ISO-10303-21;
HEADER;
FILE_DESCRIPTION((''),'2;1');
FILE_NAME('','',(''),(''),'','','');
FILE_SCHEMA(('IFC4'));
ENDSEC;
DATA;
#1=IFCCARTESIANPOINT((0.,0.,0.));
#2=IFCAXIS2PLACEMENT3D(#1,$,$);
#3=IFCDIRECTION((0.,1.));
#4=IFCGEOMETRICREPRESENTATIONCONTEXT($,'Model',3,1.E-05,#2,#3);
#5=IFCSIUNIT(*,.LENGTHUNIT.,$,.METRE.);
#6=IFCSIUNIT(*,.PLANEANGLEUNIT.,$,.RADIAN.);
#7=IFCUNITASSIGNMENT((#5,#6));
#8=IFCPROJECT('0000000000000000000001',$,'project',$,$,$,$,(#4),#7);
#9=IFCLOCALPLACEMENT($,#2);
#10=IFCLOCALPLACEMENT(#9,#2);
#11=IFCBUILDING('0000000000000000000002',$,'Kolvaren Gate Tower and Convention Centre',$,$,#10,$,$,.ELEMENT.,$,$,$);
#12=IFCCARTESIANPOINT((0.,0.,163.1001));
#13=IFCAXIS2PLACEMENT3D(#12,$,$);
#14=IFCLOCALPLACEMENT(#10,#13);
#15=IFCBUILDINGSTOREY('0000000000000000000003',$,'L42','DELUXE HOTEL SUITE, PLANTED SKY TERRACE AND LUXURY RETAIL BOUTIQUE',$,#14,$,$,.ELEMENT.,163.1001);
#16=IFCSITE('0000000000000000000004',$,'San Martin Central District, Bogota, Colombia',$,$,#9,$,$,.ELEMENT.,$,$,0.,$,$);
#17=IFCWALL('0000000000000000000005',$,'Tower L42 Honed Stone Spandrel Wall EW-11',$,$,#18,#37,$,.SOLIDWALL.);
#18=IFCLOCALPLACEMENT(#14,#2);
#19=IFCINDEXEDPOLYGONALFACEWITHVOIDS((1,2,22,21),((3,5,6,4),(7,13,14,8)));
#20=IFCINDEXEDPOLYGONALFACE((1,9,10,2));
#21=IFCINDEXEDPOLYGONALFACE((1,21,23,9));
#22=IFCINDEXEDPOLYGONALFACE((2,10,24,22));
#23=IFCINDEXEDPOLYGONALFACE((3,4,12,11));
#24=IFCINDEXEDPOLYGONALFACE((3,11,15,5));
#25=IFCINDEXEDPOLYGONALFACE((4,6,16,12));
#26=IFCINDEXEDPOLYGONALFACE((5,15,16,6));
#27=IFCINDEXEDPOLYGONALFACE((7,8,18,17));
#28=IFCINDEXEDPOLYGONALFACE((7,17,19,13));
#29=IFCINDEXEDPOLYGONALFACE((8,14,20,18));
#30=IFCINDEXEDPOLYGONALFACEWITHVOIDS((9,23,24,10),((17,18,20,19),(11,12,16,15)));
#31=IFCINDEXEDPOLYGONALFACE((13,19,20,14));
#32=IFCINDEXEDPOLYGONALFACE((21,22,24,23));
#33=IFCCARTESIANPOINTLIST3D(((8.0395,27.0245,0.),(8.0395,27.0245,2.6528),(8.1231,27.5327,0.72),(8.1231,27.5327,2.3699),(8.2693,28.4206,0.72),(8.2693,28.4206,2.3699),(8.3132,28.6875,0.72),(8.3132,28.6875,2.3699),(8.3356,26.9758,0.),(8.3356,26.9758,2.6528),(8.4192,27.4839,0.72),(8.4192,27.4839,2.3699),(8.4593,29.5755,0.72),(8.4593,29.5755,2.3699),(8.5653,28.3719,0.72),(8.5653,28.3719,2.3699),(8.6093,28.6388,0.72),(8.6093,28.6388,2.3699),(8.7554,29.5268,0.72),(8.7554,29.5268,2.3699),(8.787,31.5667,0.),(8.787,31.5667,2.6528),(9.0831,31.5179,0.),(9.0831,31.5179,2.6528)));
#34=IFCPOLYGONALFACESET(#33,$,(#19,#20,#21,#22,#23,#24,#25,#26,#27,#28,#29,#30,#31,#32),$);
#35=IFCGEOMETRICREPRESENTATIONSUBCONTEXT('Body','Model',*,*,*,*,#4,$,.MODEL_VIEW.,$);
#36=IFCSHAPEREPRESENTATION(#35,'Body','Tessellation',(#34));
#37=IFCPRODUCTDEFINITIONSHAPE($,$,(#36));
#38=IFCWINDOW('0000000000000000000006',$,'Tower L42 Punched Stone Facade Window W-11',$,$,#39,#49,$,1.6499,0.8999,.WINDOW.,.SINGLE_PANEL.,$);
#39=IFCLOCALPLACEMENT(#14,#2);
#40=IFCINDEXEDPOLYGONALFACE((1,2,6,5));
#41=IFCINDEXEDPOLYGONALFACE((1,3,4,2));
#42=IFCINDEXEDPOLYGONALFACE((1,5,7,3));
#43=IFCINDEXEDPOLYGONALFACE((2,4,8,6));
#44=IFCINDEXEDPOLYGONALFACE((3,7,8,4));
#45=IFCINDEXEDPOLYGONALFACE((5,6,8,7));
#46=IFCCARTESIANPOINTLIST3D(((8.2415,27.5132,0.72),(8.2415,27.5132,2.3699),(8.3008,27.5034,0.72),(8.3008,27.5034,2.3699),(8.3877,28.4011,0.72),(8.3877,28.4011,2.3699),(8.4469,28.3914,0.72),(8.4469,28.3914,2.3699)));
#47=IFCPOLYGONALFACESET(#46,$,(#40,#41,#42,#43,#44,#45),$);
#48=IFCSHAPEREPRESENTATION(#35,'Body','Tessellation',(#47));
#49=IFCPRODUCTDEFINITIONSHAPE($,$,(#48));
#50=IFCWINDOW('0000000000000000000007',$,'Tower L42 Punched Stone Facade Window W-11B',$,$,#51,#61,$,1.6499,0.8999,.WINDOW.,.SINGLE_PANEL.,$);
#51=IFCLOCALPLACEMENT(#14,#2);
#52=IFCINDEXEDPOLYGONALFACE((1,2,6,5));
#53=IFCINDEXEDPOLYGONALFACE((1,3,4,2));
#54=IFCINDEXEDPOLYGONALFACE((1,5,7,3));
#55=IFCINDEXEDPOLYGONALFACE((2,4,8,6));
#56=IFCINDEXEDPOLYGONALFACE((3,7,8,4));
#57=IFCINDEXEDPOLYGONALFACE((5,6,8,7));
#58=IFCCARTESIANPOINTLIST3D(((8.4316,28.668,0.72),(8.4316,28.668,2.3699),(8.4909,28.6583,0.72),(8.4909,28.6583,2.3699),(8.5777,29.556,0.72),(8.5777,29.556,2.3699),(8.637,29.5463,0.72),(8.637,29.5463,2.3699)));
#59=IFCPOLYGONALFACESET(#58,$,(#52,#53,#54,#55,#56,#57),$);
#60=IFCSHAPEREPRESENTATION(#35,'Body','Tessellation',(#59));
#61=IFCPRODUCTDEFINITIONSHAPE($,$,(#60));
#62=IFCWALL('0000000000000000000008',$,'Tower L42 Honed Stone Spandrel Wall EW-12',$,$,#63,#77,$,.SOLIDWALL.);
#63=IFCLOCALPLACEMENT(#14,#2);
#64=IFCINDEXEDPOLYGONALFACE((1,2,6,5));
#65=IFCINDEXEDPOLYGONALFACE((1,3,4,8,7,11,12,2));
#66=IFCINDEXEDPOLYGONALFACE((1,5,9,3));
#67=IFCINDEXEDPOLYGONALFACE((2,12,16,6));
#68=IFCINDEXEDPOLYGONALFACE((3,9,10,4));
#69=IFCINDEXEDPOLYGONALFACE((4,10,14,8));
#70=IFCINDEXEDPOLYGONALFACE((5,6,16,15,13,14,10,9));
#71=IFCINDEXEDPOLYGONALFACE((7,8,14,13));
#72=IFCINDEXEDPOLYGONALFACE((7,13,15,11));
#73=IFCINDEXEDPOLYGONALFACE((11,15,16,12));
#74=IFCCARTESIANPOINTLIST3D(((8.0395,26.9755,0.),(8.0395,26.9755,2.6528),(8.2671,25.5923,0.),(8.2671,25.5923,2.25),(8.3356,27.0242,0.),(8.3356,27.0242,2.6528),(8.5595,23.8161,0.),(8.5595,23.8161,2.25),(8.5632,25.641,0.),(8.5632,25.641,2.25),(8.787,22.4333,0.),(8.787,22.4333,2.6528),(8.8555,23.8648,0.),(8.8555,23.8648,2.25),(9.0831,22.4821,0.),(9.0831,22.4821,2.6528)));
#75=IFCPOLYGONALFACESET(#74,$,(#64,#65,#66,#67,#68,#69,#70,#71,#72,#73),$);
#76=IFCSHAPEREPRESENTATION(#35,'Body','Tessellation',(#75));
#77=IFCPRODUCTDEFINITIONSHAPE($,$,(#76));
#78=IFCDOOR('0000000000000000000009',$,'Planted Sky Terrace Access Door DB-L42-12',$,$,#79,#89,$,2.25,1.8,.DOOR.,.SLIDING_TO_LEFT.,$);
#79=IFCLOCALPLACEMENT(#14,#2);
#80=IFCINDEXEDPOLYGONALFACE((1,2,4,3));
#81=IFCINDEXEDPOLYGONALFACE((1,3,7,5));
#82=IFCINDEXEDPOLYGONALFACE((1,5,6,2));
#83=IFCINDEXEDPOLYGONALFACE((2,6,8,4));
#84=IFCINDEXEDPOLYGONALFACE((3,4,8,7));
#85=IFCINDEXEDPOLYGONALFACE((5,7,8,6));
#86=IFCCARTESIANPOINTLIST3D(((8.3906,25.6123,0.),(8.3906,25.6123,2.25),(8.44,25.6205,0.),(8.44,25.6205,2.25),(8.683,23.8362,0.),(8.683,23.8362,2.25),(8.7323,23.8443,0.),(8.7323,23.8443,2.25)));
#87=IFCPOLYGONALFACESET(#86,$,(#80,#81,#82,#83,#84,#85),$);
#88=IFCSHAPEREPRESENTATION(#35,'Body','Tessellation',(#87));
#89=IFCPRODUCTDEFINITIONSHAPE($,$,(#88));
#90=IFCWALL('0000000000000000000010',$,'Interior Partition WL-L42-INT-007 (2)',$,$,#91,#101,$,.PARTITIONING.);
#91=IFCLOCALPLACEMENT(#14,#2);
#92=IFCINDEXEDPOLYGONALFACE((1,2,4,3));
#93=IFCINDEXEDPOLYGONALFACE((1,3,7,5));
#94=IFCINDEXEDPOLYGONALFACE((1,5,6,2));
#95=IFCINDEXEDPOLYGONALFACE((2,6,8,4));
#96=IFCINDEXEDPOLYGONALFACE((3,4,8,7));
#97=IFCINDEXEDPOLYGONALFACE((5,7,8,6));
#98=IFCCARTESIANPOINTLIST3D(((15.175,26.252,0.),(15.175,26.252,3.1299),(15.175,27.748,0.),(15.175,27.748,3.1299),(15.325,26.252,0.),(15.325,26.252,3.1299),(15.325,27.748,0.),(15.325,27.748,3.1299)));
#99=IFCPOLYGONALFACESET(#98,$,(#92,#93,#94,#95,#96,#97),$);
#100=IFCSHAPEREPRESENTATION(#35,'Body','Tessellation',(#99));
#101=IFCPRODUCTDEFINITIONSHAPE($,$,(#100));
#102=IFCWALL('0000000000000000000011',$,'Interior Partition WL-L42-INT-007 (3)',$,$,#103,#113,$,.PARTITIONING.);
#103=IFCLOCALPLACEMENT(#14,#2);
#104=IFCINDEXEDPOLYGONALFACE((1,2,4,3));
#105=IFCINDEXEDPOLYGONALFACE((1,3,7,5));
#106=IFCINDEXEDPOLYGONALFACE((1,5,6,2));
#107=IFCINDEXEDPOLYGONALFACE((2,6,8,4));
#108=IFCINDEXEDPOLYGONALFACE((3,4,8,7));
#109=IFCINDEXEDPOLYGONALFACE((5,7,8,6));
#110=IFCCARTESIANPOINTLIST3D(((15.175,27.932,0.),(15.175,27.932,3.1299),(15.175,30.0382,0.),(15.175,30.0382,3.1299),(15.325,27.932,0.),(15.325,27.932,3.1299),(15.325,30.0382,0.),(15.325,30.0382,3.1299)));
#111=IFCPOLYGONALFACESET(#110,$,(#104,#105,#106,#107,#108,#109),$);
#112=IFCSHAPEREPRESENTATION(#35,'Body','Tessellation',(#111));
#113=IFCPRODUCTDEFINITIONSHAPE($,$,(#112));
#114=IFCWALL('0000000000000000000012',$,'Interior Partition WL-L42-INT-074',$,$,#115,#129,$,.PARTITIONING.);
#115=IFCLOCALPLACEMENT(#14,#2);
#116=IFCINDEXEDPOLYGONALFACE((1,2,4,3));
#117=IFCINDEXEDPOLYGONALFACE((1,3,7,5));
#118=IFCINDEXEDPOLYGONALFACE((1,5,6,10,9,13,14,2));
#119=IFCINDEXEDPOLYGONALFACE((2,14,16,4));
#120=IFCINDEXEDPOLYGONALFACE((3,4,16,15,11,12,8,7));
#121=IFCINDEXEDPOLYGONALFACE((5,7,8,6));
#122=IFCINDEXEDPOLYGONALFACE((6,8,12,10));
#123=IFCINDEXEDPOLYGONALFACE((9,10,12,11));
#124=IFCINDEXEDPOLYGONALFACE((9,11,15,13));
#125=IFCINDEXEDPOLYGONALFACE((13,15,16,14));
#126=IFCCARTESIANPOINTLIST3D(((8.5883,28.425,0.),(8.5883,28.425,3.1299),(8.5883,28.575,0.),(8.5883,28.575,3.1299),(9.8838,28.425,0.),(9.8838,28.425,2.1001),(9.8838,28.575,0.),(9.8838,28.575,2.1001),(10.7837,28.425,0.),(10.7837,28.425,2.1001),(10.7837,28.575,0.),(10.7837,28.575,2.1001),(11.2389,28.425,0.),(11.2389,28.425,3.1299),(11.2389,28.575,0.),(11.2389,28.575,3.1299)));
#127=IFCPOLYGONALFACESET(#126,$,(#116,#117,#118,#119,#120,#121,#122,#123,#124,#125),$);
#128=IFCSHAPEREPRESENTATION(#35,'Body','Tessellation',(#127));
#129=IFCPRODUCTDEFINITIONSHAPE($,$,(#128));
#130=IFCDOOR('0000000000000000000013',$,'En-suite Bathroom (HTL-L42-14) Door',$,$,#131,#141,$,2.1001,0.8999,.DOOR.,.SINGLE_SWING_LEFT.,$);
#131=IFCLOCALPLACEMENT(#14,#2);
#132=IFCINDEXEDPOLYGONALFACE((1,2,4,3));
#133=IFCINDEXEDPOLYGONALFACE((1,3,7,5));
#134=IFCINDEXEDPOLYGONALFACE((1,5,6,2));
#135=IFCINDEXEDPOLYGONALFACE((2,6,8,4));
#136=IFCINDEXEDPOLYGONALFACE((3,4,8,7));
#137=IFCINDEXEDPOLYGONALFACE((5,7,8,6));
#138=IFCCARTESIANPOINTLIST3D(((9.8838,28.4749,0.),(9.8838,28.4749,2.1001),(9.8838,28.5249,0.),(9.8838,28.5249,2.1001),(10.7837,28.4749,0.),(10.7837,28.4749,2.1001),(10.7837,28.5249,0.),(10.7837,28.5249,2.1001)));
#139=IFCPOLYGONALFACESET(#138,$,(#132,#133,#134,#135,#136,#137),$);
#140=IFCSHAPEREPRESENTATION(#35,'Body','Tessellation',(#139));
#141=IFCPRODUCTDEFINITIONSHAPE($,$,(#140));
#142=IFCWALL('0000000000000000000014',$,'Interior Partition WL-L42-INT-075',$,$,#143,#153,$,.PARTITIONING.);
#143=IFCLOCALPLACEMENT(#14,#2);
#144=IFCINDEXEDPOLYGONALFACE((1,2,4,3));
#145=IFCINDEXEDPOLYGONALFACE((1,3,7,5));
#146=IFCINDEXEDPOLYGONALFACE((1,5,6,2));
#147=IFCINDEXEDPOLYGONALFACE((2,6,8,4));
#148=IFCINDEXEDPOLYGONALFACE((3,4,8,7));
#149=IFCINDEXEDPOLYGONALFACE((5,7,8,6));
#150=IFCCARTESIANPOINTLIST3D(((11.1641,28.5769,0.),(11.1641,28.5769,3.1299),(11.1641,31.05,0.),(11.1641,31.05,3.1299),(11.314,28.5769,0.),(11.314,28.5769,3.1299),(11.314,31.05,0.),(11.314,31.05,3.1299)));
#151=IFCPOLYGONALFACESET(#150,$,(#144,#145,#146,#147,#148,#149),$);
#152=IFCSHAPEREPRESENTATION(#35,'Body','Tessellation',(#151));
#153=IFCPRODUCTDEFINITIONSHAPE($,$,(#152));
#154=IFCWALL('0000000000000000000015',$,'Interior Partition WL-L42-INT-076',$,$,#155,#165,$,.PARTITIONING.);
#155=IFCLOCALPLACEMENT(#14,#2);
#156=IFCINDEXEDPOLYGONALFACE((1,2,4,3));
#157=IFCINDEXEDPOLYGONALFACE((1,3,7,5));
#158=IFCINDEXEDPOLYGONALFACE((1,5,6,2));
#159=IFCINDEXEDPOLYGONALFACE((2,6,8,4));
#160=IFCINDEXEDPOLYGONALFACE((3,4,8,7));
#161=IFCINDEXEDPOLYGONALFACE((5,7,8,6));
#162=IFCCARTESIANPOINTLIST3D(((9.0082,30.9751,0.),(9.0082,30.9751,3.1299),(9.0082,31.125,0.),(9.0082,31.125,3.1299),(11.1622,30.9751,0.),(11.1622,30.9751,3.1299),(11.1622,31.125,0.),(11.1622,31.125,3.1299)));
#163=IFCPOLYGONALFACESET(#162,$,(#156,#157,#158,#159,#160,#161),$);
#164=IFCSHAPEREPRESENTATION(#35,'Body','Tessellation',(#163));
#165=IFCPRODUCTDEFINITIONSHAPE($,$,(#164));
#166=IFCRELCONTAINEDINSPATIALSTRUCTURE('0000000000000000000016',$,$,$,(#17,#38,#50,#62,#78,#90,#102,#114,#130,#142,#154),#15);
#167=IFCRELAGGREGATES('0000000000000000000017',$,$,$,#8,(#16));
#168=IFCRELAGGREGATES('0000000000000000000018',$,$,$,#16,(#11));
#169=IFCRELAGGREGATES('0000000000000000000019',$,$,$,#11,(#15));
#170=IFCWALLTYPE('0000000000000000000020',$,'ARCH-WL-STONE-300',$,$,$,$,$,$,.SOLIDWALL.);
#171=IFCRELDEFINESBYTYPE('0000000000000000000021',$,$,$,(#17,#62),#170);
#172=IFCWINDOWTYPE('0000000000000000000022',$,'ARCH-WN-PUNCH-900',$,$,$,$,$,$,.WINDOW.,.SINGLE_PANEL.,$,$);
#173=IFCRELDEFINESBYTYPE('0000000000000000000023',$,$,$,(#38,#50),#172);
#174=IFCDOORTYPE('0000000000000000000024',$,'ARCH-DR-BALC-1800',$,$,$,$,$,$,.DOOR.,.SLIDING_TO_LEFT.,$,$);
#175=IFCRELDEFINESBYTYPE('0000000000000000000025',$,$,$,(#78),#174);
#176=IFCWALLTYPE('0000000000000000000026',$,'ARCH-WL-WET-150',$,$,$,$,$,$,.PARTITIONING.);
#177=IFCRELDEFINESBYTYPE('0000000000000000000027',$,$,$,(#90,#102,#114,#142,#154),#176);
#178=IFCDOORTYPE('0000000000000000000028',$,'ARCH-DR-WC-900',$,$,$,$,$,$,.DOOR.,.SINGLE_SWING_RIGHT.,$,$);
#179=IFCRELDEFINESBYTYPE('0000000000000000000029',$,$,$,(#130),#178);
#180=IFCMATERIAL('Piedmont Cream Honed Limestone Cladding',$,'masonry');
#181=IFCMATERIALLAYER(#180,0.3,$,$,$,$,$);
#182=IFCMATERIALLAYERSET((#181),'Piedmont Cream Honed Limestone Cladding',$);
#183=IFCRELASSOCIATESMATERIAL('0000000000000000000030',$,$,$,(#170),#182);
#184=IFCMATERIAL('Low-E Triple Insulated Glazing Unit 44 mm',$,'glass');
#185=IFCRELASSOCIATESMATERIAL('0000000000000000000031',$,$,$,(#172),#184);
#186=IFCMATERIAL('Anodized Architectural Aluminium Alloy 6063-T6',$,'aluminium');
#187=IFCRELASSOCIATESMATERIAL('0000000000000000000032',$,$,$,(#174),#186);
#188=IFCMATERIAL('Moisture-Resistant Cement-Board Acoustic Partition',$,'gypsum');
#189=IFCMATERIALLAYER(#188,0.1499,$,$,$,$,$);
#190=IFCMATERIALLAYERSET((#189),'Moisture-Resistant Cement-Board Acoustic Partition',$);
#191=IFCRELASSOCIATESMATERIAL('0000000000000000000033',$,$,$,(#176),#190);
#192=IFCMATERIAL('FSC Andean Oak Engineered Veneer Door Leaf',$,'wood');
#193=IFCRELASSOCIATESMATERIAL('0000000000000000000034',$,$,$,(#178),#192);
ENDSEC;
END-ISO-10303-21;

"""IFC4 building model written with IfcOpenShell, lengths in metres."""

from ifc_helpers import new_model, si_unit, direction, frame, frame_2d, origin, place, context, subcontext, project, spatial, rectangle, extrude, material, layer, layer_set, type_object, element, fill, save


model = new_model("IFC4")

# Units and contexts
model_context = context("Model", 3, precision=1e-05, world=origin(), true_north=direction((0.0, 1.0)))
body_context = subcontext(model_context, "Body", "Model", "MODEL_VIEW")
ifc_project = project(units=[si_unit("LENGTHUNIT", "METRE"), si_unit("PLANEANGLEUNIT", "RADIAN")], contexts=[model_context])

# Site, building, storey
site_placement = place(None, origin())
site = spatial("IfcSite", under=ifc_project, at=site_placement, Name="San Martin Central District, Bogota, Colombia", CompositionType="ELEMENT", RefElevation=0.0)
building_placement = place(site_placement, origin())
building = spatial("IfcBuilding", under=site, at=building_placement, Name="Kolvaren Gate Tower and Convention Centre", CompositionType="ELEMENT")
storey_placement = place(building_placement, frame((0.0, 0.0, 163.1001)))
storey = spatial("IfcBuildingStorey", under=building, at=storey_placement, Name="L42", Description="DELUXE HOTEL SUITE, PLANTED SKY TERRACE AND LUXURY RETAIL BOUTIQUE", CompositionType="ELEMENT", Elevation=163.1001)

# Shared definitions
ifc_material_1 = material(Name="Piedmont Cream Honed Limestone Cladding", Category="masonry")

# Shared definitions
ifc_layer_1 = layer(ifc_material_1, 0.3)
ifc_layer_set_1 = layer_set([ifc_layer_1], Name="Piedmont Cream Honed Limestone Cladding")
wall_type_1 = type_object("IfcWallType", Name="ARCH-WL-STONE-300", PredefinedType="SOLIDWALL", material=ifc_layer_set_1)
ifc_material_2 = material(Name="Low-E Triple Insulated Glazing Unit 44 mm", Category="glass")

# Wall, openings, windows
wall_1_placement = place(storey_placement, frame((8.1875, 27.0, 0.0), z_axis=(0.0, 0.0, 1.0), x_axis=(0.162395, 0.986726, 0.0)))
wall_1 = element("IfcWall", 1, at=wall_1_placement, inside=storey, type_object=wall_type_1, Name="Tower L42 Honed Stone Spandrel Wall EW-11", PredefinedType="SOLIDWALL", context=body_context, shape_type="SweptSolid", body=[
    extrude(rectangle(XDim=4.6033, YDim=0.3, at=frame_2d((2.3018, 0.0))), origin(), (0.0, 0.0, 1.0), 2.6528),
])
opening_1_placement = place(wall_1_placement, frame((0.5151, 0.0, 0.72)))
opening_1 = element("IfcOpeningElement", 2, at=opening_1_placement, cuts=wall_1, PredefinedType="OPENING", context=body_context, shape_type="SweptSolid", body=[
    extrude(rectangle(XDim=0.8999, YDim=1.6499, at=frame_2d((0.45, 0.825))), frame((0.0, 0.1599, 0.0), z_axis=(0.0, -1.0, 0.0), x_axis=(1.0, 0.0, 0.0)), (0.0, 0.0, 1.0), 0.3201),
])
opening_2_placement = place(wall_1_placement, frame((1.6855, 0.0, 0.72)))
opening_2 = element("IfcOpeningElement", 3, at=opening_2_placement, cuts=wall_1, PredefinedType="OPENING", context=body_context, shape_type="SweptSolid", body=[
    extrude(rectangle(XDim=0.8999, YDim=1.6499, at=frame_2d((0.45, 0.825))), frame((0.0, 0.1599, 0.0), z_axis=(0.0, -1.0, 0.0), x_axis=(1.0, 0.0, 0.0)), (0.0, 0.0, 1.0), 0.3201),
])
window_type_1 = type_object("IfcWindowType", Name="ARCH-WN-PUNCH-900", PartitioningType="SINGLE_PANEL", PredefinedType="WINDOW", material=ifc_material_2)
window_1_placement = place(opening_1_placement, origin())
window_1 = element("IfcWindow", 4, at=window_1_placement, inside=storey, type_object=window_type_1, Name="Tower L42 Punched Stone Facade Window W-11", OverallHeight=1.6499, OverallWidth=0.8999, PartitioningType="SINGLE_PANEL", PredefinedType="WINDOW", context=body_context, shape_type="SweptSolid", body=[
    extrude(rectangle(XDim=0.8999, YDim=1.6499, at=frame_2d((0.45, 0.825))), frame((0.0, 0.03, 0.0), z_axis=(0.0, -1.0, 0.0), x_axis=(1.0, 0.0, 0.0)), (0.0, 0.0, 1.0), 0.0601),
])
fill(opening_1, window_1)
window_2_placement = place(opening_2_placement, origin())
window_2 = element("IfcWindow", 5, at=window_2_placement, inside=storey, type_object=window_type_1, Name="Tower L42 Punched Stone Facade Window W-11B", OverallHeight=1.6499, OverallWidth=0.8999, PartitioningType="SINGLE_PANEL", PredefinedType="WINDOW", context=body_context, shape_type="SweptSolid", body=[
    extrude(rectangle(XDim=0.8999, YDim=1.6499, at=frame_2d((0.45, 0.825))), frame((0.0, 0.03, 0.0), z_axis=(0.0, -1.0, 0.0), x_axis=(1.0, 0.0, 0.0)), (0.0, 0.0, 1.0), 0.0601),
])
fill(opening_2, window_2)

# Wall, opening, door
wall_2_placement = place(storey_placement, frame((8.1875, 27.0, 0.0), z_axis=(0.0, 0.0, 1.0), x_axis=(0.162395, -0.986726, 0.0)))
wall_2 = element("IfcWall", 6, at=wall_2_placement, inside=storey, type_object=wall_type_1, Name="Tower L42 Honed Stone Spandrel Wall EW-12", PredefinedType="SOLIDWALL", context=body_context, shape_type="SweptSolid", body=[
    extrude(rectangle(XDim=4.6033, YDim=0.3, at=frame_2d((2.3018, 0.0))), origin(), (0.0, 0.0, 1.0), 2.6528),
])
opening_3_placement = place(wall_2_placement, frame((1.4021, 0.0, 0.0)))
opening_3 = element("IfcOpeningElement", 7, at=opening_3_placement, cuts=wall_2, PredefinedType="OPENING", context=body_context, shape_type="SweptSolid", body=[
    extrude(rectangle(XDim=1.8, YDim=2.25, at=frame_2d((0.8999, 1.125))), frame((0.0, 0.1599, 0.0), z_axis=(0.0, -1.0, 0.0), x_axis=(1.0, 0.0, 0.0)), (0.0, 0.0, 1.0), 0.3201),
])
ifc_material_3 = material(Name="Anodized Architectural Aluminium Alloy 6063-T6", Category="aluminium")
door_type_1 = type_object("IfcDoorType", Name="ARCH-DR-BALC-1800", OperationType="SLIDING_TO_LEFT", PredefinedType="DOOR", material=ifc_material_3)
door_1_placement = place(opening_3_placement, frame((1.8, 0.0, 0.0), z_axis=(0.0, 0.0, 1.0), x_axis=(-1.0, 0.0, 0.0)))
door_1 = element("IfcDoor", 8, at=door_1_placement, inside=storey, type_object=door_type_1, Name="Planted Sky Terrace Access Door DB-L42-12", OperationType="SLIDING_TO_LEFT", OverallHeight=2.25, OverallWidth=1.8, PredefinedType="DOOR", context=body_context, shape_type="SweptSolid", body=[
    extrude(rectangle(XDim=1.8, YDim=2.25, at=frame_2d((0.8999, 1.125))), frame((0.0, 0.0249, 0.0), z_axis=(0.0, -1.0, 0.0), x_axis=(1.0, 0.0, 0.0)), (0.0, 0.0, 1.0), 0.05),
])
fill(opening_3, door_1)

# Walls
ifc_material_4 = material(Name="Moisture-Resistant Cement-Board Acoustic Partition", Category="gypsum")
ifc_layer_2 = layer(ifc_material_4, 0.1499)
ifc_layer_set_2 = layer_set([ifc_layer_2], Name="Moisture-Resistant Cement-Board Acoustic Partition")
wall_type_2 = type_object("IfcWallType", Name="ARCH-WL-WET-150", PredefinedType="PARTITIONING", material=ifc_layer_set_2)
wall_3_placement = place(storey_placement, frame((15.25, 26.252, 0.0), z_axis=(0.0, 0.0, 1.0), x_axis=(0.0, 1.0, 0.0)))
element("IfcWall", 9, at=wall_3_placement, inside=storey, type_object=wall_type_2, Name="Interior Partition WL-L42-INT-007 (2)", PredefinedType="PARTITIONING", context=body_context, shape_type="SweptSolid", body=[
    extrude(rectangle(XDim=1.4961, YDim=0.1499, at=frame_2d((0.748, 0.0))), origin(), (0.0, 0.0, 1.0), 3.1299),
])
wall_4_placement = place(storey_placement, frame((15.25, 27.9319, 0.0), z_axis=(0.0, 0.0, 1.0), x_axis=(0.0, 1.0, 0.0)))
element("IfcWall", 10, at=wall_4_placement, inside=storey, type_object=wall_type_2, Name="Interior Partition WL-L42-INT-007 (3)", PredefinedType="PARTITIONING", context=body_context, shape_type="SweptSolid", body=[
    extrude(rectangle(XDim=2.1062, YDim=0.1499, at=frame_2d((1.0532, 0.0))), origin(), (0.0, 0.0, 1.0), 3.1299),
])

# Wall, opening, door
wall_5_placement = place(storey_placement, frame((8.5884, 28.5, 0.0), z_axis=(0.0, 0.0, 1.0), x_axis=(1.0, 0.0, 0.0)))
wall_5 = element("IfcWall", 11, at=wall_5_placement, inside=storey, type_object=wall_type_2, Name="Interior Partition WL-L42-INT-074", PredefinedType="PARTITIONING", context=body_context, shape_type="SweptSolid", body=[
    extrude(rectangle(XDim=2.6506, YDim=0.1499, at=frame_2d((1.3252, 0.0))), origin(), (0.0, 0.0, 1.0), 3.1299),
])
opening_4_placement = place(wall_5_placement, frame((1.2954, 0.0, 0.0)))
opening_4 = element("IfcOpeningElement", 12, at=opening_4_placement, cuts=wall_5, PredefinedType="OPENING", context=body_context, shape_type="SweptSolid", body=[
    extrude(rectangle(XDim=0.8999, YDim=2.1001, at=frame_2d((0.45, 1.05))), frame((0.0, 0.085, 0.0), z_axis=(0.0, -1.0, 0.0), x_axis=(1.0, 0.0, 0.0)), (0.0, 0.0, 1.0), 0.1699),
])
ifc_material_5 = material(Name="FSC Andean Oak Engineered Veneer Door Leaf", Category="wood")
door_type_2 = type_object("IfcDoorType", Name="ARCH-DR-WC-900", OperationType="SINGLE_SWING_RIGHT", PredefinedType="DOOR", material=ifc_material_5)
door_2_placement = place(opening_4_placement, origin())
door_2 = element("IfcDoor", 13, at=door_2_placement, inside=storey, type_object=door_type_2, Name="En-suite Bathroom (HTL-L42-14) Door", OperationType="SINGLE_SWING_LEFT", OverallHeight=2.1001, OverallWidth=0.8999, PredefinedType="DOOR", context=body_context, shape_type="SweptSolid", body=[
    extrude(rectangle(XDim=0.8999, YDim=2.1001, at=frame_2d((0.45, 1.05))), frame((0.0, 0.0249, 0.0), z_axis=(0.0, -1.0, 0.0), x_axis=(1.0, 0.0, 0.0)), (0.0, 0.0, 1.0), 0.05),
])
fill(opening_4, door_2)

# Walls
wall_6_placement = place(storey_placement, frame((11.239, 28.5769, 0.0), z_axis=(0.0, 0.0, 1.0), x_axis=(0.0, 1.0, 0.0)))
element("IfcWall", 14, at=wall_6_placement, inside=storey, type_object=wall_type_2, Name="Interior Partition WL-L42-INT-075", PredefinedType="PARTITIONING", context=body_context, shape_type="SweptSolid", body=[
    extrude(rectangle(XDim=2.4731, YDim=0.1499, at=frame_2d((1.2366, 0.0))), origin(), (0.0, 0.0, 1.0), 3.1299),
])
wall_7_placement = place(storey_placement, frame((9.0081, 31.05, 0.0), z_axis=(0.0, 0.0, 1.0), x_axis=(1.0, 0.0, 0.0)))
element("IfcWall", 15, at=wall_7_placement, inside=storey, type_object=wall_type_2, Name="Interior Partition WL-L42-INT-076", PredefinedType="PARTITIONING", context=body_context, shape_type="SweptSolid", body=[
    extrude(rectangle(XDim=2.1541, YDim=0.1499, at=frame_2d((1.0771, 0.0))), origin(), (0.0, 0.0, 1.0), 3.1299),
])

save(model, "model.ifc")
